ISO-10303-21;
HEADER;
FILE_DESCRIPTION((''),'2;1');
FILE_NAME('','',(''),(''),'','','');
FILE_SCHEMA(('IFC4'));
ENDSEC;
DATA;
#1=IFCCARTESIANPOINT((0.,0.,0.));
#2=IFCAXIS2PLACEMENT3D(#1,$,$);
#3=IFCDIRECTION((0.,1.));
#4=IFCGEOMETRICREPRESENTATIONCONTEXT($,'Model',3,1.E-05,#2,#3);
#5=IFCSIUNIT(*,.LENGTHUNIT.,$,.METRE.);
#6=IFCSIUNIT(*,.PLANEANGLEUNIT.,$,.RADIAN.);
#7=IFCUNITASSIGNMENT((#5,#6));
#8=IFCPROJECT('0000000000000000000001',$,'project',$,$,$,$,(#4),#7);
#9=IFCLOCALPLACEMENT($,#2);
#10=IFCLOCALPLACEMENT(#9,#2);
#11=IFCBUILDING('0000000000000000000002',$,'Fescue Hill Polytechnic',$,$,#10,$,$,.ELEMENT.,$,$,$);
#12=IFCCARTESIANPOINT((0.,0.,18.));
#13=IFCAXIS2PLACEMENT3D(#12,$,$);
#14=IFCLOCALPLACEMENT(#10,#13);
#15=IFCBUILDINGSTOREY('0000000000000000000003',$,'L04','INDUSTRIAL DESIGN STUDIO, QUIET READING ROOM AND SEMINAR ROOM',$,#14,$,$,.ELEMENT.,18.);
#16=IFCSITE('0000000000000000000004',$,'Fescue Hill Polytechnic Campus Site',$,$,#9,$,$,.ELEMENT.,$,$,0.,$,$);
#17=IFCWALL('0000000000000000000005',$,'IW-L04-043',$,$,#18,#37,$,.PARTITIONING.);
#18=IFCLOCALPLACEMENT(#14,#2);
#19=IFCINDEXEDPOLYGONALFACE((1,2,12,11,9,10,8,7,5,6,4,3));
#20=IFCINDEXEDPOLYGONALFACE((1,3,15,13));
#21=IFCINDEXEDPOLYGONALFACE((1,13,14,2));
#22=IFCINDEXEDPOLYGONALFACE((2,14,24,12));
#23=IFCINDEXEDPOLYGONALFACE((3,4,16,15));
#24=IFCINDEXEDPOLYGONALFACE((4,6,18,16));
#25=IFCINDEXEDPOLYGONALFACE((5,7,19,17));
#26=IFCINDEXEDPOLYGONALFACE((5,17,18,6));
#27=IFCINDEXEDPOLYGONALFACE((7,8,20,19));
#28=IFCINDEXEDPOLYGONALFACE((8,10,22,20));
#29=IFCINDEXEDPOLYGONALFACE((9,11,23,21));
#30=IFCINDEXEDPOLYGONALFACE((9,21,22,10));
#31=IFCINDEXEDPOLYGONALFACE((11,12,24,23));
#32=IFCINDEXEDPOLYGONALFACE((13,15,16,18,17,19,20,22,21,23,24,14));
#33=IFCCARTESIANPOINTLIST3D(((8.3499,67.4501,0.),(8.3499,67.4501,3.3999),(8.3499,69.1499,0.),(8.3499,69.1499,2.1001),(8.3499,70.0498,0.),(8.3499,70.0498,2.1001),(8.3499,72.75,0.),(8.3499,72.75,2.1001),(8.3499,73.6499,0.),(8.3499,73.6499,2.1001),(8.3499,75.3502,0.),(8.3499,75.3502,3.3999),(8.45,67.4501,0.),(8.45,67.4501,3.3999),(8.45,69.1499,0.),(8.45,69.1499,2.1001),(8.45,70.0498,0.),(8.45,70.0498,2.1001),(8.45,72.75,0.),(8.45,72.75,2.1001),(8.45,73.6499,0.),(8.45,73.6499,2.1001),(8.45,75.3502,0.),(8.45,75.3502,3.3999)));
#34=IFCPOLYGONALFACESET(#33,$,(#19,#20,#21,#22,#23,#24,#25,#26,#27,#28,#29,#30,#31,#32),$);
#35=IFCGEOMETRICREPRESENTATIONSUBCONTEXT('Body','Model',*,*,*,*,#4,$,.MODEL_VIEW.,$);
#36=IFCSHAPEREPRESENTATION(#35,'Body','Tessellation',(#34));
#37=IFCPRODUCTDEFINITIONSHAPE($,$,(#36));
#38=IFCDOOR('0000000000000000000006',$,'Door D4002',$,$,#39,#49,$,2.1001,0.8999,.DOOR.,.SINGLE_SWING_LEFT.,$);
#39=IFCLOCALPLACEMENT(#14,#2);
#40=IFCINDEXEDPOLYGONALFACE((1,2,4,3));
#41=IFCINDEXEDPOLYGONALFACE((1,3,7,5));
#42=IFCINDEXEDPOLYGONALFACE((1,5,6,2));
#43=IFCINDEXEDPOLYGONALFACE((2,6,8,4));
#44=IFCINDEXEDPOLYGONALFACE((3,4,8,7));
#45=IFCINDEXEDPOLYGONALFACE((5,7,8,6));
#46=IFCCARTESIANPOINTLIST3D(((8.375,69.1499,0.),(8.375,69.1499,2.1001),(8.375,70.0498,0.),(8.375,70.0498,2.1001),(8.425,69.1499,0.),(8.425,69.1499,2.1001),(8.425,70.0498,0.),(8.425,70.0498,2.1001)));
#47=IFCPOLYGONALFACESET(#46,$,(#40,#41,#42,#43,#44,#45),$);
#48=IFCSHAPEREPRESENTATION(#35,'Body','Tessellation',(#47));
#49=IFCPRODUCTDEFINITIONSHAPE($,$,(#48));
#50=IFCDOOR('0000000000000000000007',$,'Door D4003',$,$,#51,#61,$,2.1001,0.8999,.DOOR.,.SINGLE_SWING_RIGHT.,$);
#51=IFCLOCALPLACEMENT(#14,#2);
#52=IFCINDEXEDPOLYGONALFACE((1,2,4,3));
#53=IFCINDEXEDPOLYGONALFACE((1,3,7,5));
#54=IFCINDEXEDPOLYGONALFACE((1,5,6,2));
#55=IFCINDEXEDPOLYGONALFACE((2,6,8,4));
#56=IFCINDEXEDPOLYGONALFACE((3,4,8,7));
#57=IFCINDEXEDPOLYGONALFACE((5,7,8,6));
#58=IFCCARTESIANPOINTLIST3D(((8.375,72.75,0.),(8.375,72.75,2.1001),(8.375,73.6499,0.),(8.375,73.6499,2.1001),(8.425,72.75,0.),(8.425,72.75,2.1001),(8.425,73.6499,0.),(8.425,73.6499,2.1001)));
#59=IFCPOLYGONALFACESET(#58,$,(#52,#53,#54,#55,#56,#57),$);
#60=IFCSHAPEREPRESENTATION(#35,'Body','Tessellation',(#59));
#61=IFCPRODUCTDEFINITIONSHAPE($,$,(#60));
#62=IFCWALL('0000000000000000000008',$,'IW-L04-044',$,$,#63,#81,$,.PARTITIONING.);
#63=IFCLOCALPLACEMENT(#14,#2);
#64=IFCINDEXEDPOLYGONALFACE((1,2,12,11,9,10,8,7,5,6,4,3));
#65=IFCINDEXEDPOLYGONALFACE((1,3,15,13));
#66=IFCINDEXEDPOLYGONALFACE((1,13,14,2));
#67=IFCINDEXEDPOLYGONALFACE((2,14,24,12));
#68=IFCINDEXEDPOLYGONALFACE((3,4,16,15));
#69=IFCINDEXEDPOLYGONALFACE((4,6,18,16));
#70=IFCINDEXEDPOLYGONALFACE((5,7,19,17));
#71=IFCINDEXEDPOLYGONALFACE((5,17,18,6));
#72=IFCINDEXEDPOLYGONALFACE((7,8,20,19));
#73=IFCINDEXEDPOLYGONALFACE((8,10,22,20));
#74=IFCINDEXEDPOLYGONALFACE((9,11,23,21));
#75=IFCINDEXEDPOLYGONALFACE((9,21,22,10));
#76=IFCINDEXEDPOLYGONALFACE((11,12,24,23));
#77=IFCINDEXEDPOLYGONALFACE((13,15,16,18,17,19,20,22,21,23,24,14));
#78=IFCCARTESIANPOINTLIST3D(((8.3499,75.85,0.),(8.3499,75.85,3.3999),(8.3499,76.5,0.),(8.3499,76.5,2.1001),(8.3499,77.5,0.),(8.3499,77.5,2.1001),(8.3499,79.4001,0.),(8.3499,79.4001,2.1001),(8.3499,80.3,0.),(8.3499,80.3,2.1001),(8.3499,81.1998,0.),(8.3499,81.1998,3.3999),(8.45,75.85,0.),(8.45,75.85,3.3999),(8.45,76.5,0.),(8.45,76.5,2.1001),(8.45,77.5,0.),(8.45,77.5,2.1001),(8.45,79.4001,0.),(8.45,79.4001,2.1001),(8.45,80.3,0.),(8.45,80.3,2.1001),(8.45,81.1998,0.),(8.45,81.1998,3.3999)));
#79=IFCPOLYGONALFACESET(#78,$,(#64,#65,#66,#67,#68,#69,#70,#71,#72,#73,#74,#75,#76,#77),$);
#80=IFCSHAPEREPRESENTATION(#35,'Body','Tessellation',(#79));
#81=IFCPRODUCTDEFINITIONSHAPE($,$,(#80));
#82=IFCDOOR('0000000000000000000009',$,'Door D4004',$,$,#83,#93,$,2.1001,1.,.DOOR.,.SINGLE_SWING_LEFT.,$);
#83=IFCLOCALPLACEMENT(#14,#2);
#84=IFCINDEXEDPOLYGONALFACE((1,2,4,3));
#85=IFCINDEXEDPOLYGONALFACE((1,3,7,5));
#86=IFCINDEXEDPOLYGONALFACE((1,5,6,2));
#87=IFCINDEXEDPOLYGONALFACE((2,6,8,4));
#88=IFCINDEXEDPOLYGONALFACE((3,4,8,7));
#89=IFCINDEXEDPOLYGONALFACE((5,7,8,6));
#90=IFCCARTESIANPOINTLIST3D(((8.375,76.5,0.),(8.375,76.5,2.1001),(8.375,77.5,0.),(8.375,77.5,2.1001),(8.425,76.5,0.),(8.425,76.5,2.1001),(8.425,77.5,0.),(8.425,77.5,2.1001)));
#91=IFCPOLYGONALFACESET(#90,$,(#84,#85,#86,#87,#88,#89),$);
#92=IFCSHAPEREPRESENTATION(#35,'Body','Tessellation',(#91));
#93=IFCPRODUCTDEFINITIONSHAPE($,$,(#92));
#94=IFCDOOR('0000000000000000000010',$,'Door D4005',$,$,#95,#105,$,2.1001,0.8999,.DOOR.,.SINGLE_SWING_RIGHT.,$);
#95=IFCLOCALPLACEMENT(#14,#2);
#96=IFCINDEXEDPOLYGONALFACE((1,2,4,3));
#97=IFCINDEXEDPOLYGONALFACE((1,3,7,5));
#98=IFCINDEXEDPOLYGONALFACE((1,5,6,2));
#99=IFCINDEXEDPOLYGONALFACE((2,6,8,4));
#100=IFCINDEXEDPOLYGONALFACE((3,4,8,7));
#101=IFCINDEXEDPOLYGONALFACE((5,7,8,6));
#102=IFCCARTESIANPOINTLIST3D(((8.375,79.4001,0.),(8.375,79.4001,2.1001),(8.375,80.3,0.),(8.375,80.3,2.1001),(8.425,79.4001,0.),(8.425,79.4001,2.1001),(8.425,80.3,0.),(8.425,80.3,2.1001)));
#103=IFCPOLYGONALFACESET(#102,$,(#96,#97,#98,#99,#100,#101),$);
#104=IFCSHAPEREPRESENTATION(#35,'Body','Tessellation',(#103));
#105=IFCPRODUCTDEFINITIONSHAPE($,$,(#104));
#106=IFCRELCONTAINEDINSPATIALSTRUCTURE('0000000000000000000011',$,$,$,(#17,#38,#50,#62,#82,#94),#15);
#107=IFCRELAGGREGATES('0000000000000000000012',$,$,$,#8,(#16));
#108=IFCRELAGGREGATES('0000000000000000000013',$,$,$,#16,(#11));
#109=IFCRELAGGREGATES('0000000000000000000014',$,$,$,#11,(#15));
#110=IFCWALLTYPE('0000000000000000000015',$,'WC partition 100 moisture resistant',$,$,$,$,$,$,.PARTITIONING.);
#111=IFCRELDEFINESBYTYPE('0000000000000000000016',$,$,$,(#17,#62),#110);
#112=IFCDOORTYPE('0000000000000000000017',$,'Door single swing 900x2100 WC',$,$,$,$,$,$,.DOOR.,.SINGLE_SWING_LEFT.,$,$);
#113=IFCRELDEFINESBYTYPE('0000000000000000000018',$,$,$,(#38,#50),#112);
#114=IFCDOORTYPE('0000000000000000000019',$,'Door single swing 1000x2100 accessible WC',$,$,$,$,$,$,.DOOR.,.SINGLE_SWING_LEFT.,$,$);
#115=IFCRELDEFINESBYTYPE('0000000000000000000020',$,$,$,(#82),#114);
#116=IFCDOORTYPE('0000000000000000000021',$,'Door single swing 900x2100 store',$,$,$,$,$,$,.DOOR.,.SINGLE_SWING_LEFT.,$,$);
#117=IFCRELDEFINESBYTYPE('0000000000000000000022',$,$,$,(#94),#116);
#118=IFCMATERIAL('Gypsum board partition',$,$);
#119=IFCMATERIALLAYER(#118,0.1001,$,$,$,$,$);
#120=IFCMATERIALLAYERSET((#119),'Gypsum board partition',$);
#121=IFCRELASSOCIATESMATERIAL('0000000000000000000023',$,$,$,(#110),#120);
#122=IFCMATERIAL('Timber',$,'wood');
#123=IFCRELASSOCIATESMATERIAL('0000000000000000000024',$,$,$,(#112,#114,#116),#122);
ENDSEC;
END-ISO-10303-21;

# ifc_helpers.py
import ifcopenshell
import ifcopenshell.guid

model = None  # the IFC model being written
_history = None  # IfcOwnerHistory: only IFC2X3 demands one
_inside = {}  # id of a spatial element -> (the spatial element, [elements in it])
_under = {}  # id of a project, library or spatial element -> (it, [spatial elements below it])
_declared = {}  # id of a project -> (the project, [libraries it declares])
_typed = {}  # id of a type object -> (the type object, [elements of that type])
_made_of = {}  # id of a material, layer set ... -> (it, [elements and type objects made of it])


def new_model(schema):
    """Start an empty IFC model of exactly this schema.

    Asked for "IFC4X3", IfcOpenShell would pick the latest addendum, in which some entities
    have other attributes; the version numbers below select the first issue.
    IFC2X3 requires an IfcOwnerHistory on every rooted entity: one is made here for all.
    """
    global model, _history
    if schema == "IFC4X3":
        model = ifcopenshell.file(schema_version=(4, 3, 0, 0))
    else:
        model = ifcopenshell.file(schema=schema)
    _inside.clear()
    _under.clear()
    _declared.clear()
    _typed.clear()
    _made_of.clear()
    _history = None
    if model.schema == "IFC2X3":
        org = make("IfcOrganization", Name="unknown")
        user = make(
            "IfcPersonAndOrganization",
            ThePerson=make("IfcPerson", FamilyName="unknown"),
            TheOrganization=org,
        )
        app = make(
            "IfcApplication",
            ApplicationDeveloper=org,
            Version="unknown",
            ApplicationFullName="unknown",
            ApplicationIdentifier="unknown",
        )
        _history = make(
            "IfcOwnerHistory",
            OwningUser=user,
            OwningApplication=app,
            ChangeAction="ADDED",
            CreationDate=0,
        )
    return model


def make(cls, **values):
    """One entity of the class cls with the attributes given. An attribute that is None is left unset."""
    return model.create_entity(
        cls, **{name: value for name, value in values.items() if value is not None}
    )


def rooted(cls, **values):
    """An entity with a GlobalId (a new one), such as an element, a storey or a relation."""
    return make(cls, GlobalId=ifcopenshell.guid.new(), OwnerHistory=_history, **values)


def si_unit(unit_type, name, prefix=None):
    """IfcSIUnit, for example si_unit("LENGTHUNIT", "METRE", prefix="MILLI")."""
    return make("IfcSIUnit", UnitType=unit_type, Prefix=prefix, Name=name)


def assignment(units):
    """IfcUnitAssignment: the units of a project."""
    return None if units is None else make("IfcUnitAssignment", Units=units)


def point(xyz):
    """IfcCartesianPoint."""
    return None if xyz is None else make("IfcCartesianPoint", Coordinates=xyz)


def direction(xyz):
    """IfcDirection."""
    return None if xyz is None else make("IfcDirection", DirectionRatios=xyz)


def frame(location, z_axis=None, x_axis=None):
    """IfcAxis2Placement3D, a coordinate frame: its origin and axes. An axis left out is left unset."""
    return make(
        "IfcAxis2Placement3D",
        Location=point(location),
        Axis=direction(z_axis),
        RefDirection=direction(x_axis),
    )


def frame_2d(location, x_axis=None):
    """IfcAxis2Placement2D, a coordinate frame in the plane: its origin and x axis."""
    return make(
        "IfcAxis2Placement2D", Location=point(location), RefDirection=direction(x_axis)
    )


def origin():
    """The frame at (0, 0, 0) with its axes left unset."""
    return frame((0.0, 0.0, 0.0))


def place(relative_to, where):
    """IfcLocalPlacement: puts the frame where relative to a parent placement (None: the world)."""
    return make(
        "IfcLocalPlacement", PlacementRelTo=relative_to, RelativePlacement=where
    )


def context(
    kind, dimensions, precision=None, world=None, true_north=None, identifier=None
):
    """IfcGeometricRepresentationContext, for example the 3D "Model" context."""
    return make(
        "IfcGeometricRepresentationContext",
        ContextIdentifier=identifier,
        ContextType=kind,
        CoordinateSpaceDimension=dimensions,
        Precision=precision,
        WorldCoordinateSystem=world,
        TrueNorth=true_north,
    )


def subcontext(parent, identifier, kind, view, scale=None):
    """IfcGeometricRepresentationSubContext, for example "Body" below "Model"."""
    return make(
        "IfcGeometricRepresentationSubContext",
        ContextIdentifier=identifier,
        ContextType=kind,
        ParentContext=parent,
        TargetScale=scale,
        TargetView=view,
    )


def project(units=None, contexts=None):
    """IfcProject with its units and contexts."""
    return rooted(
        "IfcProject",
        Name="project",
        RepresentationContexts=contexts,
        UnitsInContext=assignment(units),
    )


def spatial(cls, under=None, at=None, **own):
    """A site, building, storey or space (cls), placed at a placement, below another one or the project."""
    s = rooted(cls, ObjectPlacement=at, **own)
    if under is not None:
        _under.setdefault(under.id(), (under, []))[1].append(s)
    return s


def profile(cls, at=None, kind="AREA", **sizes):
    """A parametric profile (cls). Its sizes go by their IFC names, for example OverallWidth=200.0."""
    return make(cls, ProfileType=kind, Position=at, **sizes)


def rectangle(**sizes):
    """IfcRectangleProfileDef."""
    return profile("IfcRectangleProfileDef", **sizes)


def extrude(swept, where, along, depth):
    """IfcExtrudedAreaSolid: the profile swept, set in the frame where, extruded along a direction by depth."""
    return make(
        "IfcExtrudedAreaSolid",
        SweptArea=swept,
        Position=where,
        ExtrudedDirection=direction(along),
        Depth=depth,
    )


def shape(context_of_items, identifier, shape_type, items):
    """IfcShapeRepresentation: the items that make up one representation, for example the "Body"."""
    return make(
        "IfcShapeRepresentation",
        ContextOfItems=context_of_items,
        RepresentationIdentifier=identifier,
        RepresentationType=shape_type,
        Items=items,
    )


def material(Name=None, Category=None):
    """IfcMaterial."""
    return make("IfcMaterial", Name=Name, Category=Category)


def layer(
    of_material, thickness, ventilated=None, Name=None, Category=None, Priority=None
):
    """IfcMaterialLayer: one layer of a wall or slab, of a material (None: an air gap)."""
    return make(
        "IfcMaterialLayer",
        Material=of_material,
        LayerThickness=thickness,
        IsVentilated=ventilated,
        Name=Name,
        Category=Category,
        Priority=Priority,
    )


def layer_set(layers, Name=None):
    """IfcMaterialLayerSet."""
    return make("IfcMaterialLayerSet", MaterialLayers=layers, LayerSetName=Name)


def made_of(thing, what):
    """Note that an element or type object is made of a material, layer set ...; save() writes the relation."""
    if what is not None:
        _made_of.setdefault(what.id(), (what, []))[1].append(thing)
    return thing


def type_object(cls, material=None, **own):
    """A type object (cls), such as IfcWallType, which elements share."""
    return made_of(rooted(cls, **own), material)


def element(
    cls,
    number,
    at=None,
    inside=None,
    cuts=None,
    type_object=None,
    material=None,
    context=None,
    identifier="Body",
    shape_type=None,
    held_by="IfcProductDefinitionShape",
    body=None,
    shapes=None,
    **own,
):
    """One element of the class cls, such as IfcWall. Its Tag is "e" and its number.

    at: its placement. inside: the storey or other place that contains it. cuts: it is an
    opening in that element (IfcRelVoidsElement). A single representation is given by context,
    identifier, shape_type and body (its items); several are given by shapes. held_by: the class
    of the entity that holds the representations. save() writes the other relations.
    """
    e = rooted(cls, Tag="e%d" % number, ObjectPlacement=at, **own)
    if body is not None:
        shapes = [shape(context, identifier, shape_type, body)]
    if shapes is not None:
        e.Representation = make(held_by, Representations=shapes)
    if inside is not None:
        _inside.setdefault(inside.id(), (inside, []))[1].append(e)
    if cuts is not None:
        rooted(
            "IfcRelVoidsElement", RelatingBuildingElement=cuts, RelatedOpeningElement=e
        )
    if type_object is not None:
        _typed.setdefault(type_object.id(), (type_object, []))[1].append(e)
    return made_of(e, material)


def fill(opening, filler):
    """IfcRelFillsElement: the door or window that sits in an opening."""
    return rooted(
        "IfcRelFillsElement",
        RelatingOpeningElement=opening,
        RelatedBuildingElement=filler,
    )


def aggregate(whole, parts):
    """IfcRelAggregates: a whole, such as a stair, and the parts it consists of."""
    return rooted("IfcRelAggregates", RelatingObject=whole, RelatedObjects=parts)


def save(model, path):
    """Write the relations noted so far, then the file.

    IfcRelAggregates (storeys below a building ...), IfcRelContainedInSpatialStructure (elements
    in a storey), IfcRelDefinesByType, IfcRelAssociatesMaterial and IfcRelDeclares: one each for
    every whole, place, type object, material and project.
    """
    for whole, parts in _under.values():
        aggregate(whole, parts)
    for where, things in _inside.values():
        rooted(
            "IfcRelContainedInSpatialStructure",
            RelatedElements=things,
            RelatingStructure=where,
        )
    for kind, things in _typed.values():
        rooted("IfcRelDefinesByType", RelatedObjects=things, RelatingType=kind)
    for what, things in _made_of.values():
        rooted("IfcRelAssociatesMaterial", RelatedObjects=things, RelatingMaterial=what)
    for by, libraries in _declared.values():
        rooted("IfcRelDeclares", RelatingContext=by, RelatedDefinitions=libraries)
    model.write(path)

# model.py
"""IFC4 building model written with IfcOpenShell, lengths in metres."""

from ifc_helpers import new_model, si_unit, direction, frame, frame_2d, origin, place, context, subcontext, project, spatial, rectangle, extrude, material, layer, layer_set, type_object, element, fill, save


model = new_model("IFC4")

# Units and contexts
model_context = context("Model", 3, precision=1e-05, world=origin(), true_north=direction((0.0, 1.0)))
body_context = subcontext(model_context, "Body", "Model", "MODEL_VIEW")
ifc_project = project(units=[si_unit("LENGTHUNIT", "METRE"), si_unit("PLANEANGLEUNIT", "RADIAN")], contexts=[model_context])

# Site, building, storey
site_placement = place(None, origin())
site = spatial("IfcSite", under=ifc_project, at=site_placement, Name="Fescue Hill Polytechnic Campus Site", CompositionType="ELEMENT", RefElevation=0.0)
building_placement = place(site_placement, origin())
building = spatial("IfcBuilding", under=site, at=building_placement, Name="Fescue Hill Polytechnic", CompositionType="ELEMENT")
storey_placement = place(building_placement, frame((0.0, 0.0, 18.0)))
storey = spatial("IfcBuildingStorey", under=building, at=storey_placement, Name="L04", Description="INDUSTRIAL DESIGN STUDIO, QUIET READING ROOM AND SEMINAR ROOM", CompositionType="ELEMENT", Elevation=18.0)

# Shared definitions
ifc_material_1 = material(Name="Gypsum board partition")
ifc_layer_1 = layer(ifc_material_1, 0.1001)
ifc_layer_set_1 = layer_set([ifc_layer_1], Name="Gypsum board partition")
wall_type_1 = type_object("IfcWallType", Name="WC partition 100 moisture resistant", PredefinedType="PARTITIONING", material=ifc_layer_set_1)

# Walls, openings, doors
wall_1_placement = place(storey_placement, frame((8.3999, 67.45, 0.0), z_axis=(0.0, 0.0, 1.0), x_axis=(0.0, 1.0, 0.0)))
wall_1 = element("IfcWall", 1, at=wall_1_placement, inside=storey, type_object=wall_type_1, Name="IW-L04-043", PredefinedType="PARTITIONING", context=body_context, shape_type="SweptSolid", body=[
    extrude(rectangle(XDim=7.9001, YDim=0.1001, at=frame_2d((3.9502, 0.0))), origin(), (0.0, 0.0, 1.0), 3.3999),
])
opening_1_placement = place(wall_1_placement, frame((1.7, 0.0, 0.0)))
opening_1 = element("IfcOpeningElement", 2, at=opening_1_placement, cuts=wall_1, PredefinedType="OPENING", context=body_context, shape_type="SweptSolid", body=[
    extrude(rectangle(XDim=0.8999, YDim=2.1001, at=frame_2d((0.45, 1.05))), frame((0.0, 0.0601, 0.0), z_axis=(0.0, -1.0, 0.0), x_axis=(1.0, 0.0, 0.0)), (0.0, 0.0, 1.0), 0.1201),
])
opening_2_placement = place(wall_1_placement, frame((5.3, 0.0, 0.0)))
opening_2 = element("IfcOpeningElement", 3, at=opening_2_placement, cuts=wall_1, PredefinedType="OPENING", context=body_context, shape_type="SweptSolid", body=[
    extrude(rectangle(XDim=0.8999, YDim=2.1001, at=frame_2d((0.45, 1.05))), frame((0.0, 0.0601, 0.0), z_axis=(0.0, -1.0, 0.0), x_axis=(1.0, 0.0, 0.0)), (0.0, 0.0, 1.0), 0.1201),
])
ifc_material_2 = material(Name="Timber", Category="wood")
door_type_1 = type_object("IfcDoorType", Name="Door single swing 900x2100 WC", OperationType="SINGLE_SWING_LEFT", PredefinedType="DOOR", material=ifc_material_2)
door_1_placement = place(opening_1_placement, origin())
door_1 = element("IfcDoor", 4, at=door_1_placement, inside=storey, type_object=door_type_1, Name="Door D4002", OperationType="SINGLE_SWING_LEFT", OverallHeight=2.1001, OverallWidth=0.8999, PredefinedType="DOOR", context=body_context, shape_type="SweptSolid", body=[
    extrude(rectangle(XDim=0.8999, YDim=2.1001, at=frame_2d((0.45, 1.05))), frame((0.0, 0.0249, 0.0), z_axis=(0.0, -1.0, 0.0), x_axis=(1.0, 0.0, 0.0)), (0.0, 0.0, 1.0), 0.05),
])
fill(opening_1, door_1)
door_2_placement = place(opening_2_placement, origin())
door_2 = element("IfcDoor", 5, at=door_2_placement, inside=storey, type_object=door_type_1, Name="Door D4003", OperationType="SINGLE_SWING_RIGHT", OverallHeight=2.1001, OverallWidth=0.8999, PredefinedType="DOOR", context=body_context, shape_type="SweptSolid", body=[
    extrude(rectangle(XDim=0.8999, YDim=2.1001, at=frame_2d((0.45, 1.05))), frame((0.0, 0.0249, 0.0), z_axis=(0.0, -1.0, 0.0), x_axis=(1.0, 0.0, 0.0)), (0.0, 0.0, 1.0), 0.05),
])
fill(opening_2, door_2)
wall_2_placement = place(storey_placement, frame((8.3999, 75.8501, 0.0), z_axis=(0.0, 0.0, 1.0), x_axis=(0.0, 1.0, 0.0)))
wall_2 = element("IfcWall", 6, at=wall_2_placement, inside=storey, type_object=wall_type_1, Name="IW-L04-044", PredefinedType="PARTITIONING", context=body_context, shape_type="SweptSolid", body=[
    extrude(rectangle(XDim=5.3499, YDim=0.1001, at=frame_2d((2.6748, 0.0))), origin(), (0.0, 0.0, 1.0), 3.3999),
])
opening_3_placement = place(wall_2_placement, frame((0.6499, 0.0, 0.0)))
opening_3 = element("IfcOpeningElement", 7, at=opening_3_placement, cuts=wall_2, PredefinedType="OPENING", context=body_context, shape_type="SweptSolid", body=[
    extrude(rectangle(XDim=1.0, YDim=2.1001, at=frame_2d((0.5, 1.05))), frame((0.0, 0.0601, 0.0), z_axis=(0.0, -1.0, 0.0), x_axis=(1.0, 0.0, 0.0)), (0.0, 0.0, 1.0), 0.1201),
])
opening_4_placement = place(wall_2_placement, frame((3.55, 0.0, 0.0)))
opening_4 = element("IfcOpeningElement", 8, at=opening_4_placement, cuts=wall_2, PredefinedType="OPENING", context=body_context, shape_type="SweptSolid", body=[
    extrude(rectangle(XDim=0.8999, YDim=2.1001, at=frame_2d((0.45, 1.05))), frame((0.0, 0.0601, 0.0), z_axis=(0.0, -1.0, 0.0), x_axis=(1.0, 0.0, 0.0)), (0.0, 0.0, 1.0), 0.1201),
])
door_type_2 = type_object("IfcDoorType", Name="Door single swing 1000x2100 accessible WC", OperationType="SINGLE_SWING_LEFT", PredefinedType="DOOR", material=ifc_material_2)
door_3_placement = place(opening_3_placement, origin())
door_3 = element("IfcDoor", 9, at=door_3_placement, inside=storey, type_object=door_type_2, Name="Door D4004", OperationType="SINGLE_SWING_LEFT", OverallHeight=2.1001, OverallWidth=1.0, PredefinedType="DOOR", context=body_context, shape_type="SweptSolid", body=[
    extrude(rectangle(XDim=1.0, YDim=2.1001, at=frame_2d((0.5, 1.05))), frame((0.0, 0.0249, 0.0), z_axis=(0.0, -1.0, 0.0), x_axis=(1.0, 0.0, 0.0)), (0.0, 0.0, 1.0), 0.05),
])
fill(opening_3, door_3)
door_type_3 = type_object("IfcDoorType", Name="Door single swing 900x2100 store", OperationType="SINGLE_SWING_LEFT", PredefinedType="DOOR", material=ifc_material_2)
door_4_placement = place(opening_4_placement, origin())
door_4 = element("IfcDoor", 10, at=door_4_placement, inside=storey, type_object=door_type_3, Name="Door D4005", OperationType="SINGLE_SWING_RIGHT", OverallHeight=2.1001, OverallWidth=0.8999, PredefinedType="DOOR", context=body_context, shape_type="SweptSolid", body=[
    extrude(rectangle(XDim=0.8999, YDim=2.1001, at=frame_2d((0.45, 1.05))), frame((0.0, 0.0249, 0.0), z_axis=(0.0, -1.0, 0.0), x_axis=(1.0, 0.0, 0.0)), (0.0, 0.0, 1.0), 0.05),
])
fill(opening_4, door_4)

save(model, "model.ifc")
